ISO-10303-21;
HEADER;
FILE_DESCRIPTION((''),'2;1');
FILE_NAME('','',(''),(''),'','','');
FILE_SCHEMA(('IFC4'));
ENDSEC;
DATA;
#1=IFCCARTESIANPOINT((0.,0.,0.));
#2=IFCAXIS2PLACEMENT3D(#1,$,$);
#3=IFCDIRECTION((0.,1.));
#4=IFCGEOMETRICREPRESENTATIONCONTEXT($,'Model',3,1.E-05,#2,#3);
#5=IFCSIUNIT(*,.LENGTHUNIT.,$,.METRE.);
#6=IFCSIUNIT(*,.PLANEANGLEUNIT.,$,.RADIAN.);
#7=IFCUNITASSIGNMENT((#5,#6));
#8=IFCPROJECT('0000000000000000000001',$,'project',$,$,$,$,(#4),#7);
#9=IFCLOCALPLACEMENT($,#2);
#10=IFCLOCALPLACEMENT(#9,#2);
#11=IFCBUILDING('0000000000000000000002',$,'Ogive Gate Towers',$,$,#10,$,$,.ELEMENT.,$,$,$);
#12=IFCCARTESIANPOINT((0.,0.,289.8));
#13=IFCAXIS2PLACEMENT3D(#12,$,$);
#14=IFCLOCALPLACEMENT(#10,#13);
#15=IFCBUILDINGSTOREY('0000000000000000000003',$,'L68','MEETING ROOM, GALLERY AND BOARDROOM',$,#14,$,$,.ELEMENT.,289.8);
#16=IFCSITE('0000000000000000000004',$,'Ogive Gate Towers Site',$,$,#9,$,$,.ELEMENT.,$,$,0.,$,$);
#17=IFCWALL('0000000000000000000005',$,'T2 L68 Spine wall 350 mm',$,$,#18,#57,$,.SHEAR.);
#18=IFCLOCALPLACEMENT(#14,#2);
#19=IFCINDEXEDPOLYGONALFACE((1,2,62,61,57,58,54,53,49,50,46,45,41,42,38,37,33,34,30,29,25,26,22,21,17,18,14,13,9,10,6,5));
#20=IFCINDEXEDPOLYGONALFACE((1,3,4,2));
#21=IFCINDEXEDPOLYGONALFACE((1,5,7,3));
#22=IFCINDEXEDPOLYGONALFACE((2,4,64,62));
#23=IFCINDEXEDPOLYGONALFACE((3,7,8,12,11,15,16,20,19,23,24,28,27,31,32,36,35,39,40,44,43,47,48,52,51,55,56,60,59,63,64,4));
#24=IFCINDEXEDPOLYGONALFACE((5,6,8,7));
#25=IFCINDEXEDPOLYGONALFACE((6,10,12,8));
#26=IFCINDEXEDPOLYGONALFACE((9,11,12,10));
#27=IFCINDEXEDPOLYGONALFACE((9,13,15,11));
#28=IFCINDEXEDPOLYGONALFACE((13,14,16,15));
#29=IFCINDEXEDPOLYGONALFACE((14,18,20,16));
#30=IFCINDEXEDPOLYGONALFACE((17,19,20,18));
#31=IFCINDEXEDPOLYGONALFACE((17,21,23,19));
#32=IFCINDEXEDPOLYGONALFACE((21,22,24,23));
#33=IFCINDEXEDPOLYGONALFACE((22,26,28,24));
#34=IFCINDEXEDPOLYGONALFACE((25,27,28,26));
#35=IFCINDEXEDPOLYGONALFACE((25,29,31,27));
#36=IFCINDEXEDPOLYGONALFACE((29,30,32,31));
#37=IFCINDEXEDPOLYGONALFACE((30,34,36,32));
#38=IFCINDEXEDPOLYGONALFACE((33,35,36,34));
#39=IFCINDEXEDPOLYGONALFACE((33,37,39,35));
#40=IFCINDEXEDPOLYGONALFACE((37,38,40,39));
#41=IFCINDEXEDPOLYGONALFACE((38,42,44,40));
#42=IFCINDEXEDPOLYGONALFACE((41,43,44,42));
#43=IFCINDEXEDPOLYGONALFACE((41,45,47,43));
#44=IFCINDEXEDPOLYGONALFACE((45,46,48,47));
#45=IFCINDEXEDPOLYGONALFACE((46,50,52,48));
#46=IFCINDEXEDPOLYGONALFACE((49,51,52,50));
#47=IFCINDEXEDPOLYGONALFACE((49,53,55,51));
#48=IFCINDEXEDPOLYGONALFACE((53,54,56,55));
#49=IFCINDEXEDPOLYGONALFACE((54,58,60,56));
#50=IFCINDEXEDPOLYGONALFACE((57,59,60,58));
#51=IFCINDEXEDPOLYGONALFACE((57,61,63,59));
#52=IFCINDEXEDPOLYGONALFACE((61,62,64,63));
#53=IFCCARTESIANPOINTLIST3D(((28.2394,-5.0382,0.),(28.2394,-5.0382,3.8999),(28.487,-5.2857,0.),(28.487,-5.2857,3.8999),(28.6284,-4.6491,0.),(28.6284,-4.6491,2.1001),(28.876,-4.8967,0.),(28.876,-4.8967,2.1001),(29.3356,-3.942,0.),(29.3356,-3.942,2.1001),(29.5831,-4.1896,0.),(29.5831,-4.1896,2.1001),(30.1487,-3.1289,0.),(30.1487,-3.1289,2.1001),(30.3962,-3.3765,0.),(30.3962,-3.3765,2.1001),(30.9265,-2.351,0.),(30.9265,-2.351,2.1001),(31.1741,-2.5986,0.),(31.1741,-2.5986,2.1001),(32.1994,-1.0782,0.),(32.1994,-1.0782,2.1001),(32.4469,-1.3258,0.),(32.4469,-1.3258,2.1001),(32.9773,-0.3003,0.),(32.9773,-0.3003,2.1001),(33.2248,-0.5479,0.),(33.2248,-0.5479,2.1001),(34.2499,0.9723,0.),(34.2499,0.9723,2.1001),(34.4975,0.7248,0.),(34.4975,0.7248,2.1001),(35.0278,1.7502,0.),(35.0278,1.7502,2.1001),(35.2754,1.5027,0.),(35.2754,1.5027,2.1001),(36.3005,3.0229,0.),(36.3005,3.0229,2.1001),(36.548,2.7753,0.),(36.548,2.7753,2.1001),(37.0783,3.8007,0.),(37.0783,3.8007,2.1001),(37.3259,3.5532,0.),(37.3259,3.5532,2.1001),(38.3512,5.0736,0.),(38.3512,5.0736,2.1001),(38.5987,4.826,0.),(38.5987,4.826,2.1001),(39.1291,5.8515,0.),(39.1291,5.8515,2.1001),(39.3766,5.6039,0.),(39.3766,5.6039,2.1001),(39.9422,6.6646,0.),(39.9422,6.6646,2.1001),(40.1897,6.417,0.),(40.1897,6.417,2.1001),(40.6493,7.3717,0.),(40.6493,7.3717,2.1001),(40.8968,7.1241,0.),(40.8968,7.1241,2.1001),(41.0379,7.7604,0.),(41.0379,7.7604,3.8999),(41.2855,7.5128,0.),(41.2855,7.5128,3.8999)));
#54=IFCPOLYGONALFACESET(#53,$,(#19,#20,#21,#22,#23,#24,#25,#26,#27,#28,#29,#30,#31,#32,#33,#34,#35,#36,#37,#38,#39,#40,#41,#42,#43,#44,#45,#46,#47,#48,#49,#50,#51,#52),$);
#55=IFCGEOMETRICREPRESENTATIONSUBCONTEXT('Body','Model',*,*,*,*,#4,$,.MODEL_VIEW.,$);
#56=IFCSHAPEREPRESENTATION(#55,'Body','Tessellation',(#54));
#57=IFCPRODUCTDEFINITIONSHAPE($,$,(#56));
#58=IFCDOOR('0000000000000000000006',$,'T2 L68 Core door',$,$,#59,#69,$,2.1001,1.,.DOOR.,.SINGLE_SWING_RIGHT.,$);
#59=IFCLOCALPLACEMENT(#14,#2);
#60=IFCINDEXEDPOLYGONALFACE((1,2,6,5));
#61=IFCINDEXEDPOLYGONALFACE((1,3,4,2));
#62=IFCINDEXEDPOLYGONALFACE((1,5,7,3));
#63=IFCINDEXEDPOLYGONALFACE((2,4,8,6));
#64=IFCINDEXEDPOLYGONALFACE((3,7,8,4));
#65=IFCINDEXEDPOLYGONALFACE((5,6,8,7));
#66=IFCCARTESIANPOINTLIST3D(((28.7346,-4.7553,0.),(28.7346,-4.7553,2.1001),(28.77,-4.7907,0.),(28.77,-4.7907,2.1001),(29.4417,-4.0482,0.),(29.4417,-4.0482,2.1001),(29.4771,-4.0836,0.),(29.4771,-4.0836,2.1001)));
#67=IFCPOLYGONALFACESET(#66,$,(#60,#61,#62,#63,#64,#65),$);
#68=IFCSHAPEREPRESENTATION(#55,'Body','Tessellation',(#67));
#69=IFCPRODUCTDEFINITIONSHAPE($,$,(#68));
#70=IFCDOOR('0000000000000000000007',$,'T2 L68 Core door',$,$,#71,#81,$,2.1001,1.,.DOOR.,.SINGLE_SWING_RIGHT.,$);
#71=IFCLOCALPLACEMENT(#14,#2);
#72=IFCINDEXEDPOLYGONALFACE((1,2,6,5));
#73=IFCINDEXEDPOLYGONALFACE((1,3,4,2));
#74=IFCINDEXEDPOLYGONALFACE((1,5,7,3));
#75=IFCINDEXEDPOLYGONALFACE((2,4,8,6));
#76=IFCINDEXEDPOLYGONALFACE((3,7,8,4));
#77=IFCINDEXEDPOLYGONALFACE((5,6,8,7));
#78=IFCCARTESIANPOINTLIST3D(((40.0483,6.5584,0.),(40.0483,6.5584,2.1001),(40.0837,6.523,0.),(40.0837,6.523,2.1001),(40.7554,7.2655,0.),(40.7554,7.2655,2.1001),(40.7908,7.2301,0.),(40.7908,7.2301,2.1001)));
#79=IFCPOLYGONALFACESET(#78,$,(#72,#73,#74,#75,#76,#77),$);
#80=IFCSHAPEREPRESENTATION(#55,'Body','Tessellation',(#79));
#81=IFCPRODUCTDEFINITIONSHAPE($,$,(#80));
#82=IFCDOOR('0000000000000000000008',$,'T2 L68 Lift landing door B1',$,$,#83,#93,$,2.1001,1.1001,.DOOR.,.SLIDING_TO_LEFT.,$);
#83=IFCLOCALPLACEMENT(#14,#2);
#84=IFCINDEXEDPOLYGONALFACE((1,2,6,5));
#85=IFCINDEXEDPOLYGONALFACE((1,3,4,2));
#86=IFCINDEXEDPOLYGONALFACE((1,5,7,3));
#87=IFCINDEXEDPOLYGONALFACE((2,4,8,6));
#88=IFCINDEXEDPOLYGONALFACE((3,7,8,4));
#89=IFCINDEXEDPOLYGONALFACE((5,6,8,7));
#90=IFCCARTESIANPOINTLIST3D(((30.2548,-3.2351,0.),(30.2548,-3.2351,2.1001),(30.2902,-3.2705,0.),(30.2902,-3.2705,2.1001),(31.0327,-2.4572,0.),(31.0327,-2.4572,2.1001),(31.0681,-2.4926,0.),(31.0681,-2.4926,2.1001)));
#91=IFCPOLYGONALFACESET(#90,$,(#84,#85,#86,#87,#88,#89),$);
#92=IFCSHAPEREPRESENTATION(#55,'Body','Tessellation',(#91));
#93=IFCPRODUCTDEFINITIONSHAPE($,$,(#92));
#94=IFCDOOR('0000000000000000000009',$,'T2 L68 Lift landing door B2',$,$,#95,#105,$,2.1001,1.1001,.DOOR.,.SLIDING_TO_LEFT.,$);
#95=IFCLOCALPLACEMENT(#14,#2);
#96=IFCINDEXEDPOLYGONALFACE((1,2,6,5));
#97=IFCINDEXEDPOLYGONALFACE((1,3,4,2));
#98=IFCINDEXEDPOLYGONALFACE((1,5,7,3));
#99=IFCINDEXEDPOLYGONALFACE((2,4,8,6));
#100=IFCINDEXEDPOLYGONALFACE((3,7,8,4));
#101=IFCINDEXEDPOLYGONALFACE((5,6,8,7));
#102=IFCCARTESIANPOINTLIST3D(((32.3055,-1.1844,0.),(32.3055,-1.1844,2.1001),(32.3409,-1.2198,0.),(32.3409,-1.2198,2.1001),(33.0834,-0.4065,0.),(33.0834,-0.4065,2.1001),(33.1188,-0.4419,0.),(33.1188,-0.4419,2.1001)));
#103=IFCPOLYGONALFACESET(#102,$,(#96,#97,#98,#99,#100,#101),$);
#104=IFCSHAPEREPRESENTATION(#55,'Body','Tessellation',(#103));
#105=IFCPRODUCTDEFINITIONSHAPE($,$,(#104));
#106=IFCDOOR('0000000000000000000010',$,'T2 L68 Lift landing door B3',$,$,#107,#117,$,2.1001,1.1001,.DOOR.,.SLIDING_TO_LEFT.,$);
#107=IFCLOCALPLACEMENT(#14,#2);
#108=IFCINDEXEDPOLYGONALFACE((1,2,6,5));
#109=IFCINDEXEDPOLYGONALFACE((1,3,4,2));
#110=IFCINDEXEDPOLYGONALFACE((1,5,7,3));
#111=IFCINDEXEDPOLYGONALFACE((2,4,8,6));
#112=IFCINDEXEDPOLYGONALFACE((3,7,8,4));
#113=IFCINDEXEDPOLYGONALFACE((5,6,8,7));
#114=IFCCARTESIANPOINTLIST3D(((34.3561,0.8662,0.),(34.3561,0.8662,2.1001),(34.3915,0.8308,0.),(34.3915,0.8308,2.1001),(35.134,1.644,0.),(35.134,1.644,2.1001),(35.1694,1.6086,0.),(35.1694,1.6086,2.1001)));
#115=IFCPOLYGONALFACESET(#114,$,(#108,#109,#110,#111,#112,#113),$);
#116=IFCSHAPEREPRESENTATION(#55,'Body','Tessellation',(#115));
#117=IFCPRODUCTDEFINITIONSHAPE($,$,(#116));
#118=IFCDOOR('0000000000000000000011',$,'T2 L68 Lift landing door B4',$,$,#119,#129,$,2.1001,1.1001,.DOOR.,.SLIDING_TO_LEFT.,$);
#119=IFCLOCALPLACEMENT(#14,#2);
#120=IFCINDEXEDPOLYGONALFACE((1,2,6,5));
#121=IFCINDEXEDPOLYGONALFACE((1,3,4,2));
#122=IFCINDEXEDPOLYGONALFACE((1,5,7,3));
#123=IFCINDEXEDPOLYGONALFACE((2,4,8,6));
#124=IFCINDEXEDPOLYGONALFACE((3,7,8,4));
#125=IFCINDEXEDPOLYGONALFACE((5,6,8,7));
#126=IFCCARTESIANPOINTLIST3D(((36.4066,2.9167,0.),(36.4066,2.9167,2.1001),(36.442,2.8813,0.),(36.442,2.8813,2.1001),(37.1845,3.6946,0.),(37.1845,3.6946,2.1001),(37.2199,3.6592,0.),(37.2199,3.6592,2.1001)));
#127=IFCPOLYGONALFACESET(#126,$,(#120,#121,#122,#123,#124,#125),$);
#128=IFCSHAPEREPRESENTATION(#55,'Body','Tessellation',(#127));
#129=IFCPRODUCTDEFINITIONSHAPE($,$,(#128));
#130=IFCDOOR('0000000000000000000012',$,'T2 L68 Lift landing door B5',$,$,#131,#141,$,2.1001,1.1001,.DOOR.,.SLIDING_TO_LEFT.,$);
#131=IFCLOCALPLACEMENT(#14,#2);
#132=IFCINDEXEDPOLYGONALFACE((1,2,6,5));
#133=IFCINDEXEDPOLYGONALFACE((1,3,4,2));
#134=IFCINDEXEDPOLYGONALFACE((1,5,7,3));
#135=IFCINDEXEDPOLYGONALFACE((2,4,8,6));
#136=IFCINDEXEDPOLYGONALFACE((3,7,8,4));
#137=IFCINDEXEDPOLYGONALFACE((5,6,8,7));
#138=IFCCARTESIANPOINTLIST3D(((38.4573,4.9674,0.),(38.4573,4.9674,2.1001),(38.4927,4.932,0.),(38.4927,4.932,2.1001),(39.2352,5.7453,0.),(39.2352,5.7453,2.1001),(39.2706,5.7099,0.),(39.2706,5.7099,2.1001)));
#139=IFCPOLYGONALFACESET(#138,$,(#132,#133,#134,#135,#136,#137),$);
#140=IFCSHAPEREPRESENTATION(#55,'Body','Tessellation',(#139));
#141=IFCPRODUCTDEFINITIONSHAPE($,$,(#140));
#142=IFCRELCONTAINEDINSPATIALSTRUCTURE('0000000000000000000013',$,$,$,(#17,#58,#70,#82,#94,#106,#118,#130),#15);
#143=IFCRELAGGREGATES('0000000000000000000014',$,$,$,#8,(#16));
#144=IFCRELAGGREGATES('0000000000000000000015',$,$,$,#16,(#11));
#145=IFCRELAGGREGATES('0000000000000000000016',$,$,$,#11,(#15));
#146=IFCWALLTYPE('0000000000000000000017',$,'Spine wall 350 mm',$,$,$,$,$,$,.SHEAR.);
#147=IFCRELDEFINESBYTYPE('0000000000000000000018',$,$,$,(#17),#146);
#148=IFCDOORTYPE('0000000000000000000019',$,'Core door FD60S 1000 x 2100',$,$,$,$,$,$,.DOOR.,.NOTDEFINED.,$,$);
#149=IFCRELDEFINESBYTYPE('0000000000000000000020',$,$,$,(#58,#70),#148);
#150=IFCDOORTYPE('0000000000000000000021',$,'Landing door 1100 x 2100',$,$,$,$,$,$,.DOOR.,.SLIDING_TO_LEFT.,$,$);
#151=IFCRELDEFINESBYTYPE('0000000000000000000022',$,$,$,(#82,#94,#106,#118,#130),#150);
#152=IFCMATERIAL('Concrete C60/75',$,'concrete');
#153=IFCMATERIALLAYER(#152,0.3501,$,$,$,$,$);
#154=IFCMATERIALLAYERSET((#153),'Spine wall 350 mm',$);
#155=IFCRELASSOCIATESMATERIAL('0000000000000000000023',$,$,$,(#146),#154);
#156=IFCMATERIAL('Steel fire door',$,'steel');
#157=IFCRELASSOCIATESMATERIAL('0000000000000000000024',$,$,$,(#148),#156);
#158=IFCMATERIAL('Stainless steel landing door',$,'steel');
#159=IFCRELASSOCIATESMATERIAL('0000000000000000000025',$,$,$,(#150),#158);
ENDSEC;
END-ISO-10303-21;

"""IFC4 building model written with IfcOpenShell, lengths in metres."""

from ifc_helpers import new_model, si_unit, direction, frame, frame_2d, origin, place, context, subcontext, project, spatial, rectangle, extrude, material, layer, layer_set, type_object, element, fill, save


model = new_model("IFC4")

# Units and contexts
model_context = context("Model", 3, precision=1e-05, world=origin(), true_north=direction((0.0, 1.0)))
body_context = subcontext(model_context, "Body", "Model", "MODEL_VIEW")
ifc_project = project(units=[si_unit("LENGTHUNIT", "METRE"), si_unit("PLANEANGLEUNIT", "RADIAN")], contexts=[model_context])

# Site, building, storey
site_placement = place(None, origin())
site = spatial("IfcSite", under=ifc_project, at=site_placement, Name="Ogive Gate Towers Site", CompositionType="ELEMENT", RefElevation=0.0)
building_placement = place(site_placement, origin())
building = spatial("IfcBuilding", under=site, at=building_placement, Name="Ogive Gate Towers", CompositionType="ELEMENT")
storey_placement = place(building_placement, frame((0.0, 0.0, 289.8)))
storey = spatial("IfcBuildingStorey", under=building, at=storey_placement, Name="L68", Description="MEETING ROOM, GALLERY AND BOARDROOM", CompositionType="ELEMENT", Elevation=289.8)

# Shared definitions
ifc_material_1 = material(Name="Concrete C60/75", Category="concrete")

# Wall, openings, doors
ifc_layer_1 = layer(ifc_material_1, 0.3501)
ifc_layer_set_1 = layer_set([ifc_layer_1], Name="Spine wall 350 mm")
wall_type_1 = type_object("IfcWallType", Name="Spine wall 350 mm", PredefinedType="SHEAR", material=ifc_layer_set_1)
ifc_material_2 = material(Name="Steel fire door", Category="steel")
door_type_1 = type_object("IfcDoorType", Name="Core door FD60S 1000 x 2100", OperationType="NOTDEFINED", PredefinedType="DOOR", material=ifc_material_2)
ifc_material_3 = material(Name="Stainless steel landing door", Category="steel")
door_type_2 = type_object("IfcDoorType", Name="Landing door 1100 x 2100", OperationType="SLIDING_TO_LEFT", PredefinedType="DOOR", material=ifc_material_3)
wall_1_placement = place(storey_placement, frame((28.3633, -5.1619, 0.0), z_axis=(0.0, 0.0, 1.0), x_axis=(0.707107, 0.707107, 0.0)))
wall_1 = element("IfcWall", 1, at=wall_1_placement, inside=storey, type_object=wall_type_1, Name="T2 L68 Spine wall 350 mm", PredefinedType="SHEAR", context=body_context, shape_type="SweptSolid", body=[
    extrude(rectangle(XDim=18.0999, YDim=0.3501, at=frame_2d((9.0498, 0.0))), origin(), (0.0, 0.0, 1.0), 3.8999),
])
opening_1_placement = place(wall_1_placement, frame((0.55, 0.0, 0.0)))
opening_1 = element("IfcOpeningElement", 2, at=opening_1_placement, cuts=wall_1, PredefinedType="OPENING", context=body_context, shape_type="SweptSolid", body=[
    extrude(rectangle(XDim=1.0, YDim=2.1001, at=frame_2d((0.5, 1.05))), frame((0.0, 0.1851, 0.0), z_axis=(0.0, -1.0, 0.0), x_axis=(1.0, 0.0, 0.0)), (0.0, 0.0, 1.0), 0.3701),
])
opening_2_placement = place(wall_1_placement, frame((2.7, 0.0, 0.0)))
opening_2 = element("IfcOpeningElement", 3, at=opening_2_placement, cuts=wall_1, PredefinedType="OPENING", context=body_context, shape_type="SweptSolid", body=[
    extrude(rectangle(XDim=1.1001, YDim=2.1001, at=frame_2d((0.55, 1.05))), frame((0.0, 0.1851, 0.0), z_axis=(0.0, -1.0, 0.0), x_axis=(1.0, 0.0, 0.0)), (0.0, 0.0, 1.0), 0.3701),
])
opening_3_placement = place(wall_1_placement, frame((5.6001, 0.0, 0.0)))
opening_3 = element("IfcOpeningElement", 4, at=opening_3_placement, cuts=wall_1, PredefinedType="OPENING", context=body_context, shape_type="SweptSolid", body=[
    extrude(rectangle(XDim=1.1001, YDim=2.1001, at=frame_2d((0.55, 1.05))), frame((0.0, 0.1851, 0.0), z_axis=(0.0, -1.0, 0.0), x_axis=(1.0, 0.0, 0.0)), (0.0, 0.0, 1.0), 0.3701),
])
opening_4_placement = place(wall_1_placement, frame((8.5, 0.0, 0.0)))
opening_4 = element("IfcOpeningElement", 5, at=opening_4_placement, cuts=wall_1, PredefinedType="OPENING", context=body_context, shape_type="SweptSolid", body=[
    extrude(rectangle(XDim=1.1001, YDim=2.1001, at=frame_2d((0.55, 1.05))), frame((0.0, 0.1851, 0.0), z_axis=(0.0, -1.0, 0.0), x_axis=(1.0, 0.0, 0.0)), (0.0, 0.0, 1.0), 0.3701),
])
opening_5_placement = place(wall_1_placement, frame((11.3999, 0.0, 0.0)))
opening_5 = element("IfcOpeningElement", 6, at=opening_5_placement, cuts=wall_1, PredefinedType="OPENING", context=body_context, shape_type="SweptSolid", body=[
    extrude(rectangle(XDim=1.1001, YDim=2.1001, at=frame_2d((0.55, 1.05))), frame((0.0, 0.1851, 0.0), z_axis=(0.0, -1.0, 0.0), x_axis=(1.0, 0.0, 0.0)), (0.0, 0.0, 1.0), 0.3701),
])
opening_6_placement = place(wall_1_placement, frame((14.3, 0.0, 0.0)))
opening_6 = element("IfcOpeningElement", 7, at=opening_6_placement, cuts=wall_1, PredefinedType="OPENING", context=body_context, shape_type="SweptSolid", body=[
    extrude(rectangle(XDim=1.1001, YDim=2.1001, at=frame_2d((0.55, 1.05))), frame((0.0, 0.1851, 0.0), z_axis=(0.0, -1.0, 0.0), x_axis=(1.0, 0.0, 0.0)), (0.0, 0.0, 1.0), 0.3701),
])
opening_7_placement = place(wall_1_placement, frame((16.55, 0.0, 0.0)))
opening_7 = element("IfcOpeningElement", 8, at=opening_7_placement, cuts=wall_1, PredefinedType="OPENING", context=body_context, shape_type="SweptSolid", body=[
    extrude(rectangle(XDim=1.0, YDim=2.1001, at=frame_2d((0.5, 1.05))), frame((0.0, 0.1851, 0.0), z_axis=(0.0, -1.0, 0.0), x_axis=(1.0, 0.0, 0.0)), (0.0, 0.0, 1.0), 0.3701),
])
door_1_placement = place(opening_1_placement, origin())
door_1 = element("IfcDoor", 9, at=door_1_placement, inside=storey, type_object=door_type_1, Name="T2 L68 Core door", OperationType="SINGLE_SWING_RIGHT", OverallHeight=2.1001, OverallWidth=1.0, PredefinedType="DOOR", context=body_context, shape_type="SweptSolid", body=[
    extrude(rectangle(XDim=1.0, YDim=2.1001, at=frame_2d((0.5, 1.05))), frame((0.0, 0.0249, 0.0), z_axis=(0.0, -1.0, 0.0), x_axis=(1.0, 0.0, 0.0)), (0.0, 0.0, 1.0), 0.05),
])
fill(opening_1, door_1)
door_2_placement = place(opening_7_placement, origin())
door_2 = element("IfcDoor", 10, at=door_2_placement, inside=storey, type_object=door_type_1, Name="T2 L68 Core door", OperationType="SINGLE_SWING_RIGHT", OverallHeight=2.1001, OverallWidth=1.0, PredefinedType="DOOR", context=body_context, shape_type="SweptSolid", body=[
    extrude(rectangle(XDim=1.0, YDim=2.1001, at=frame_2d((0.5, 1.05))), frame((0.0, 0.0249, 0.0), z_axis=(0.0, -1.0, 0.0), x_axis=(1.0, 0.0, 0.0)), (0.0, 0.0, 1.0), 0.05),
])
fill(opening_7, door_2)
door_3_placement = place(opening_2_placement, origin())
door_3 = element("IfcDoor", 11, at=door_3_placement, inside=storey, type_object=door_type_2, Name="T2 L68 Lift landing door B1", OperationType="SLIDING_TO_LEFT", OverallHeight=2.1001, OverallWidth=1.1001, PredefinedType="DOOR", context=body_context, shape_type="SweptSolid", body=[
    extrude(rectangle(XDim=1.1001, YDim=2.1001, at=frame_2d((0.55, 1.05))), frame((0.0, 0.0249, 0.0), z_axis=(0.0, -1.0, 0.0), x_axis=(1.0, 0.0, 0.0)), (0.0, 0.0, 1.0), 0.05),
])
fill(opening_2, door_3)
door_4_placement = place(opening_3_placement, origin())
door_4 = element("IfcDoor", 12, at=door_4_placement, inside=storey, type_object=door_type_2, Name="T2 L68 Lift landing door B2", OperationType="SLIDING_TO_LEFT", OverallHeight=2.1001, OverallWidth=1.1001, PredefinedType="DOOR", context=body_context, shape_type="SweptSolid", body=[
    extrude(rectangle(XDim=1.1001, YDim=2.1001, at=frame_2d((0.55, 1.05))), frame((0.0, 0.0249, 0.0), z_axis=(0.0, -1.0, 0.0), x_axis=(1.0, 0.0, 0.0)), (0.0, 0.0, 1.0), 0.05),
])
fill(opening_3, door_4)
door_5_placement = place(opening_4_placement, origin())
door_5 = element("IfcDoor", 13, at=door_5_placement, inside=storey, type_object=door_type_2, Name="T2 L68 Lift landing door B3", OperationType="SLIDING_TO_LEFT", OverallHeight=2.1001, OverallWidth=1.1001, PredefinedType="DOOR", context=body_context, shape_type="SweptSolid", body=[
    extrude(rectangle(XDim=1.1001, YDim=2.1001, at=frame_2d((0.55, 1.05))), frame((0.0, 0.0249, 0.0), z_axis=(0.0, -1.0, 0.0), x_axis=(1.0, 0.0, 0.0)), (0.0, 0.0, 1.0), 0.05),
])
fill(opening_4, door_5)
door_6_placement = place(opening_5_placement, origin())
door_6 = element("IfcDoor", 14, at=door_6_placement, inside=storey, type_object=door_type_2, Name="T2 L68 Lift landing door B4", OperationType="SLIDING_TO_LEFT", OverallHeight=2.1001, OverallWidth=1.1001, PredefinedType="DOOR", context=body_context, shape_type="SweptSolid", body=[
    extrude(rectangle(XDim=1.1001, YDim=2.1001, at=frame_2d((0.55, 1.05))), frame((0.0, 0.0249, 0.0), z_axis=(0.0, -1.0, 0.0), x_axis=(1.0, 0.0, 0.0)), (0.0, 0.0, 1.0), 0.05),
])
fill(opening_5, door_6)
door_7_placement = place(opening_6_placement, origin())
door_7 = element("IfcDoor", 15, at=door_7_placement, inside=storey, type_object=door_type_2, Name="T2 L68 Lift landing door B5", OperationType="SLIDING_TO_LEFT", OverallHeight=2.1001, OverallWidth=1.1001, PredefinedType="DOOR", context=body_context, shape_type="SweptSolid", body=[
    extrude(rectangle(XDim=1.1001, YDim=2.1001, at=frame_2d((0.55, 1.05))), frame((0.0, 0.0249, 0.0), z_axis=(0.0, -1.0, 0.0), x_axis=(1.0, 0.0, 0.0)), (0.0, 0.0, 1.0), 0.05),
])
fill(opening_6, door_7)

save(model, "model.ifc")
